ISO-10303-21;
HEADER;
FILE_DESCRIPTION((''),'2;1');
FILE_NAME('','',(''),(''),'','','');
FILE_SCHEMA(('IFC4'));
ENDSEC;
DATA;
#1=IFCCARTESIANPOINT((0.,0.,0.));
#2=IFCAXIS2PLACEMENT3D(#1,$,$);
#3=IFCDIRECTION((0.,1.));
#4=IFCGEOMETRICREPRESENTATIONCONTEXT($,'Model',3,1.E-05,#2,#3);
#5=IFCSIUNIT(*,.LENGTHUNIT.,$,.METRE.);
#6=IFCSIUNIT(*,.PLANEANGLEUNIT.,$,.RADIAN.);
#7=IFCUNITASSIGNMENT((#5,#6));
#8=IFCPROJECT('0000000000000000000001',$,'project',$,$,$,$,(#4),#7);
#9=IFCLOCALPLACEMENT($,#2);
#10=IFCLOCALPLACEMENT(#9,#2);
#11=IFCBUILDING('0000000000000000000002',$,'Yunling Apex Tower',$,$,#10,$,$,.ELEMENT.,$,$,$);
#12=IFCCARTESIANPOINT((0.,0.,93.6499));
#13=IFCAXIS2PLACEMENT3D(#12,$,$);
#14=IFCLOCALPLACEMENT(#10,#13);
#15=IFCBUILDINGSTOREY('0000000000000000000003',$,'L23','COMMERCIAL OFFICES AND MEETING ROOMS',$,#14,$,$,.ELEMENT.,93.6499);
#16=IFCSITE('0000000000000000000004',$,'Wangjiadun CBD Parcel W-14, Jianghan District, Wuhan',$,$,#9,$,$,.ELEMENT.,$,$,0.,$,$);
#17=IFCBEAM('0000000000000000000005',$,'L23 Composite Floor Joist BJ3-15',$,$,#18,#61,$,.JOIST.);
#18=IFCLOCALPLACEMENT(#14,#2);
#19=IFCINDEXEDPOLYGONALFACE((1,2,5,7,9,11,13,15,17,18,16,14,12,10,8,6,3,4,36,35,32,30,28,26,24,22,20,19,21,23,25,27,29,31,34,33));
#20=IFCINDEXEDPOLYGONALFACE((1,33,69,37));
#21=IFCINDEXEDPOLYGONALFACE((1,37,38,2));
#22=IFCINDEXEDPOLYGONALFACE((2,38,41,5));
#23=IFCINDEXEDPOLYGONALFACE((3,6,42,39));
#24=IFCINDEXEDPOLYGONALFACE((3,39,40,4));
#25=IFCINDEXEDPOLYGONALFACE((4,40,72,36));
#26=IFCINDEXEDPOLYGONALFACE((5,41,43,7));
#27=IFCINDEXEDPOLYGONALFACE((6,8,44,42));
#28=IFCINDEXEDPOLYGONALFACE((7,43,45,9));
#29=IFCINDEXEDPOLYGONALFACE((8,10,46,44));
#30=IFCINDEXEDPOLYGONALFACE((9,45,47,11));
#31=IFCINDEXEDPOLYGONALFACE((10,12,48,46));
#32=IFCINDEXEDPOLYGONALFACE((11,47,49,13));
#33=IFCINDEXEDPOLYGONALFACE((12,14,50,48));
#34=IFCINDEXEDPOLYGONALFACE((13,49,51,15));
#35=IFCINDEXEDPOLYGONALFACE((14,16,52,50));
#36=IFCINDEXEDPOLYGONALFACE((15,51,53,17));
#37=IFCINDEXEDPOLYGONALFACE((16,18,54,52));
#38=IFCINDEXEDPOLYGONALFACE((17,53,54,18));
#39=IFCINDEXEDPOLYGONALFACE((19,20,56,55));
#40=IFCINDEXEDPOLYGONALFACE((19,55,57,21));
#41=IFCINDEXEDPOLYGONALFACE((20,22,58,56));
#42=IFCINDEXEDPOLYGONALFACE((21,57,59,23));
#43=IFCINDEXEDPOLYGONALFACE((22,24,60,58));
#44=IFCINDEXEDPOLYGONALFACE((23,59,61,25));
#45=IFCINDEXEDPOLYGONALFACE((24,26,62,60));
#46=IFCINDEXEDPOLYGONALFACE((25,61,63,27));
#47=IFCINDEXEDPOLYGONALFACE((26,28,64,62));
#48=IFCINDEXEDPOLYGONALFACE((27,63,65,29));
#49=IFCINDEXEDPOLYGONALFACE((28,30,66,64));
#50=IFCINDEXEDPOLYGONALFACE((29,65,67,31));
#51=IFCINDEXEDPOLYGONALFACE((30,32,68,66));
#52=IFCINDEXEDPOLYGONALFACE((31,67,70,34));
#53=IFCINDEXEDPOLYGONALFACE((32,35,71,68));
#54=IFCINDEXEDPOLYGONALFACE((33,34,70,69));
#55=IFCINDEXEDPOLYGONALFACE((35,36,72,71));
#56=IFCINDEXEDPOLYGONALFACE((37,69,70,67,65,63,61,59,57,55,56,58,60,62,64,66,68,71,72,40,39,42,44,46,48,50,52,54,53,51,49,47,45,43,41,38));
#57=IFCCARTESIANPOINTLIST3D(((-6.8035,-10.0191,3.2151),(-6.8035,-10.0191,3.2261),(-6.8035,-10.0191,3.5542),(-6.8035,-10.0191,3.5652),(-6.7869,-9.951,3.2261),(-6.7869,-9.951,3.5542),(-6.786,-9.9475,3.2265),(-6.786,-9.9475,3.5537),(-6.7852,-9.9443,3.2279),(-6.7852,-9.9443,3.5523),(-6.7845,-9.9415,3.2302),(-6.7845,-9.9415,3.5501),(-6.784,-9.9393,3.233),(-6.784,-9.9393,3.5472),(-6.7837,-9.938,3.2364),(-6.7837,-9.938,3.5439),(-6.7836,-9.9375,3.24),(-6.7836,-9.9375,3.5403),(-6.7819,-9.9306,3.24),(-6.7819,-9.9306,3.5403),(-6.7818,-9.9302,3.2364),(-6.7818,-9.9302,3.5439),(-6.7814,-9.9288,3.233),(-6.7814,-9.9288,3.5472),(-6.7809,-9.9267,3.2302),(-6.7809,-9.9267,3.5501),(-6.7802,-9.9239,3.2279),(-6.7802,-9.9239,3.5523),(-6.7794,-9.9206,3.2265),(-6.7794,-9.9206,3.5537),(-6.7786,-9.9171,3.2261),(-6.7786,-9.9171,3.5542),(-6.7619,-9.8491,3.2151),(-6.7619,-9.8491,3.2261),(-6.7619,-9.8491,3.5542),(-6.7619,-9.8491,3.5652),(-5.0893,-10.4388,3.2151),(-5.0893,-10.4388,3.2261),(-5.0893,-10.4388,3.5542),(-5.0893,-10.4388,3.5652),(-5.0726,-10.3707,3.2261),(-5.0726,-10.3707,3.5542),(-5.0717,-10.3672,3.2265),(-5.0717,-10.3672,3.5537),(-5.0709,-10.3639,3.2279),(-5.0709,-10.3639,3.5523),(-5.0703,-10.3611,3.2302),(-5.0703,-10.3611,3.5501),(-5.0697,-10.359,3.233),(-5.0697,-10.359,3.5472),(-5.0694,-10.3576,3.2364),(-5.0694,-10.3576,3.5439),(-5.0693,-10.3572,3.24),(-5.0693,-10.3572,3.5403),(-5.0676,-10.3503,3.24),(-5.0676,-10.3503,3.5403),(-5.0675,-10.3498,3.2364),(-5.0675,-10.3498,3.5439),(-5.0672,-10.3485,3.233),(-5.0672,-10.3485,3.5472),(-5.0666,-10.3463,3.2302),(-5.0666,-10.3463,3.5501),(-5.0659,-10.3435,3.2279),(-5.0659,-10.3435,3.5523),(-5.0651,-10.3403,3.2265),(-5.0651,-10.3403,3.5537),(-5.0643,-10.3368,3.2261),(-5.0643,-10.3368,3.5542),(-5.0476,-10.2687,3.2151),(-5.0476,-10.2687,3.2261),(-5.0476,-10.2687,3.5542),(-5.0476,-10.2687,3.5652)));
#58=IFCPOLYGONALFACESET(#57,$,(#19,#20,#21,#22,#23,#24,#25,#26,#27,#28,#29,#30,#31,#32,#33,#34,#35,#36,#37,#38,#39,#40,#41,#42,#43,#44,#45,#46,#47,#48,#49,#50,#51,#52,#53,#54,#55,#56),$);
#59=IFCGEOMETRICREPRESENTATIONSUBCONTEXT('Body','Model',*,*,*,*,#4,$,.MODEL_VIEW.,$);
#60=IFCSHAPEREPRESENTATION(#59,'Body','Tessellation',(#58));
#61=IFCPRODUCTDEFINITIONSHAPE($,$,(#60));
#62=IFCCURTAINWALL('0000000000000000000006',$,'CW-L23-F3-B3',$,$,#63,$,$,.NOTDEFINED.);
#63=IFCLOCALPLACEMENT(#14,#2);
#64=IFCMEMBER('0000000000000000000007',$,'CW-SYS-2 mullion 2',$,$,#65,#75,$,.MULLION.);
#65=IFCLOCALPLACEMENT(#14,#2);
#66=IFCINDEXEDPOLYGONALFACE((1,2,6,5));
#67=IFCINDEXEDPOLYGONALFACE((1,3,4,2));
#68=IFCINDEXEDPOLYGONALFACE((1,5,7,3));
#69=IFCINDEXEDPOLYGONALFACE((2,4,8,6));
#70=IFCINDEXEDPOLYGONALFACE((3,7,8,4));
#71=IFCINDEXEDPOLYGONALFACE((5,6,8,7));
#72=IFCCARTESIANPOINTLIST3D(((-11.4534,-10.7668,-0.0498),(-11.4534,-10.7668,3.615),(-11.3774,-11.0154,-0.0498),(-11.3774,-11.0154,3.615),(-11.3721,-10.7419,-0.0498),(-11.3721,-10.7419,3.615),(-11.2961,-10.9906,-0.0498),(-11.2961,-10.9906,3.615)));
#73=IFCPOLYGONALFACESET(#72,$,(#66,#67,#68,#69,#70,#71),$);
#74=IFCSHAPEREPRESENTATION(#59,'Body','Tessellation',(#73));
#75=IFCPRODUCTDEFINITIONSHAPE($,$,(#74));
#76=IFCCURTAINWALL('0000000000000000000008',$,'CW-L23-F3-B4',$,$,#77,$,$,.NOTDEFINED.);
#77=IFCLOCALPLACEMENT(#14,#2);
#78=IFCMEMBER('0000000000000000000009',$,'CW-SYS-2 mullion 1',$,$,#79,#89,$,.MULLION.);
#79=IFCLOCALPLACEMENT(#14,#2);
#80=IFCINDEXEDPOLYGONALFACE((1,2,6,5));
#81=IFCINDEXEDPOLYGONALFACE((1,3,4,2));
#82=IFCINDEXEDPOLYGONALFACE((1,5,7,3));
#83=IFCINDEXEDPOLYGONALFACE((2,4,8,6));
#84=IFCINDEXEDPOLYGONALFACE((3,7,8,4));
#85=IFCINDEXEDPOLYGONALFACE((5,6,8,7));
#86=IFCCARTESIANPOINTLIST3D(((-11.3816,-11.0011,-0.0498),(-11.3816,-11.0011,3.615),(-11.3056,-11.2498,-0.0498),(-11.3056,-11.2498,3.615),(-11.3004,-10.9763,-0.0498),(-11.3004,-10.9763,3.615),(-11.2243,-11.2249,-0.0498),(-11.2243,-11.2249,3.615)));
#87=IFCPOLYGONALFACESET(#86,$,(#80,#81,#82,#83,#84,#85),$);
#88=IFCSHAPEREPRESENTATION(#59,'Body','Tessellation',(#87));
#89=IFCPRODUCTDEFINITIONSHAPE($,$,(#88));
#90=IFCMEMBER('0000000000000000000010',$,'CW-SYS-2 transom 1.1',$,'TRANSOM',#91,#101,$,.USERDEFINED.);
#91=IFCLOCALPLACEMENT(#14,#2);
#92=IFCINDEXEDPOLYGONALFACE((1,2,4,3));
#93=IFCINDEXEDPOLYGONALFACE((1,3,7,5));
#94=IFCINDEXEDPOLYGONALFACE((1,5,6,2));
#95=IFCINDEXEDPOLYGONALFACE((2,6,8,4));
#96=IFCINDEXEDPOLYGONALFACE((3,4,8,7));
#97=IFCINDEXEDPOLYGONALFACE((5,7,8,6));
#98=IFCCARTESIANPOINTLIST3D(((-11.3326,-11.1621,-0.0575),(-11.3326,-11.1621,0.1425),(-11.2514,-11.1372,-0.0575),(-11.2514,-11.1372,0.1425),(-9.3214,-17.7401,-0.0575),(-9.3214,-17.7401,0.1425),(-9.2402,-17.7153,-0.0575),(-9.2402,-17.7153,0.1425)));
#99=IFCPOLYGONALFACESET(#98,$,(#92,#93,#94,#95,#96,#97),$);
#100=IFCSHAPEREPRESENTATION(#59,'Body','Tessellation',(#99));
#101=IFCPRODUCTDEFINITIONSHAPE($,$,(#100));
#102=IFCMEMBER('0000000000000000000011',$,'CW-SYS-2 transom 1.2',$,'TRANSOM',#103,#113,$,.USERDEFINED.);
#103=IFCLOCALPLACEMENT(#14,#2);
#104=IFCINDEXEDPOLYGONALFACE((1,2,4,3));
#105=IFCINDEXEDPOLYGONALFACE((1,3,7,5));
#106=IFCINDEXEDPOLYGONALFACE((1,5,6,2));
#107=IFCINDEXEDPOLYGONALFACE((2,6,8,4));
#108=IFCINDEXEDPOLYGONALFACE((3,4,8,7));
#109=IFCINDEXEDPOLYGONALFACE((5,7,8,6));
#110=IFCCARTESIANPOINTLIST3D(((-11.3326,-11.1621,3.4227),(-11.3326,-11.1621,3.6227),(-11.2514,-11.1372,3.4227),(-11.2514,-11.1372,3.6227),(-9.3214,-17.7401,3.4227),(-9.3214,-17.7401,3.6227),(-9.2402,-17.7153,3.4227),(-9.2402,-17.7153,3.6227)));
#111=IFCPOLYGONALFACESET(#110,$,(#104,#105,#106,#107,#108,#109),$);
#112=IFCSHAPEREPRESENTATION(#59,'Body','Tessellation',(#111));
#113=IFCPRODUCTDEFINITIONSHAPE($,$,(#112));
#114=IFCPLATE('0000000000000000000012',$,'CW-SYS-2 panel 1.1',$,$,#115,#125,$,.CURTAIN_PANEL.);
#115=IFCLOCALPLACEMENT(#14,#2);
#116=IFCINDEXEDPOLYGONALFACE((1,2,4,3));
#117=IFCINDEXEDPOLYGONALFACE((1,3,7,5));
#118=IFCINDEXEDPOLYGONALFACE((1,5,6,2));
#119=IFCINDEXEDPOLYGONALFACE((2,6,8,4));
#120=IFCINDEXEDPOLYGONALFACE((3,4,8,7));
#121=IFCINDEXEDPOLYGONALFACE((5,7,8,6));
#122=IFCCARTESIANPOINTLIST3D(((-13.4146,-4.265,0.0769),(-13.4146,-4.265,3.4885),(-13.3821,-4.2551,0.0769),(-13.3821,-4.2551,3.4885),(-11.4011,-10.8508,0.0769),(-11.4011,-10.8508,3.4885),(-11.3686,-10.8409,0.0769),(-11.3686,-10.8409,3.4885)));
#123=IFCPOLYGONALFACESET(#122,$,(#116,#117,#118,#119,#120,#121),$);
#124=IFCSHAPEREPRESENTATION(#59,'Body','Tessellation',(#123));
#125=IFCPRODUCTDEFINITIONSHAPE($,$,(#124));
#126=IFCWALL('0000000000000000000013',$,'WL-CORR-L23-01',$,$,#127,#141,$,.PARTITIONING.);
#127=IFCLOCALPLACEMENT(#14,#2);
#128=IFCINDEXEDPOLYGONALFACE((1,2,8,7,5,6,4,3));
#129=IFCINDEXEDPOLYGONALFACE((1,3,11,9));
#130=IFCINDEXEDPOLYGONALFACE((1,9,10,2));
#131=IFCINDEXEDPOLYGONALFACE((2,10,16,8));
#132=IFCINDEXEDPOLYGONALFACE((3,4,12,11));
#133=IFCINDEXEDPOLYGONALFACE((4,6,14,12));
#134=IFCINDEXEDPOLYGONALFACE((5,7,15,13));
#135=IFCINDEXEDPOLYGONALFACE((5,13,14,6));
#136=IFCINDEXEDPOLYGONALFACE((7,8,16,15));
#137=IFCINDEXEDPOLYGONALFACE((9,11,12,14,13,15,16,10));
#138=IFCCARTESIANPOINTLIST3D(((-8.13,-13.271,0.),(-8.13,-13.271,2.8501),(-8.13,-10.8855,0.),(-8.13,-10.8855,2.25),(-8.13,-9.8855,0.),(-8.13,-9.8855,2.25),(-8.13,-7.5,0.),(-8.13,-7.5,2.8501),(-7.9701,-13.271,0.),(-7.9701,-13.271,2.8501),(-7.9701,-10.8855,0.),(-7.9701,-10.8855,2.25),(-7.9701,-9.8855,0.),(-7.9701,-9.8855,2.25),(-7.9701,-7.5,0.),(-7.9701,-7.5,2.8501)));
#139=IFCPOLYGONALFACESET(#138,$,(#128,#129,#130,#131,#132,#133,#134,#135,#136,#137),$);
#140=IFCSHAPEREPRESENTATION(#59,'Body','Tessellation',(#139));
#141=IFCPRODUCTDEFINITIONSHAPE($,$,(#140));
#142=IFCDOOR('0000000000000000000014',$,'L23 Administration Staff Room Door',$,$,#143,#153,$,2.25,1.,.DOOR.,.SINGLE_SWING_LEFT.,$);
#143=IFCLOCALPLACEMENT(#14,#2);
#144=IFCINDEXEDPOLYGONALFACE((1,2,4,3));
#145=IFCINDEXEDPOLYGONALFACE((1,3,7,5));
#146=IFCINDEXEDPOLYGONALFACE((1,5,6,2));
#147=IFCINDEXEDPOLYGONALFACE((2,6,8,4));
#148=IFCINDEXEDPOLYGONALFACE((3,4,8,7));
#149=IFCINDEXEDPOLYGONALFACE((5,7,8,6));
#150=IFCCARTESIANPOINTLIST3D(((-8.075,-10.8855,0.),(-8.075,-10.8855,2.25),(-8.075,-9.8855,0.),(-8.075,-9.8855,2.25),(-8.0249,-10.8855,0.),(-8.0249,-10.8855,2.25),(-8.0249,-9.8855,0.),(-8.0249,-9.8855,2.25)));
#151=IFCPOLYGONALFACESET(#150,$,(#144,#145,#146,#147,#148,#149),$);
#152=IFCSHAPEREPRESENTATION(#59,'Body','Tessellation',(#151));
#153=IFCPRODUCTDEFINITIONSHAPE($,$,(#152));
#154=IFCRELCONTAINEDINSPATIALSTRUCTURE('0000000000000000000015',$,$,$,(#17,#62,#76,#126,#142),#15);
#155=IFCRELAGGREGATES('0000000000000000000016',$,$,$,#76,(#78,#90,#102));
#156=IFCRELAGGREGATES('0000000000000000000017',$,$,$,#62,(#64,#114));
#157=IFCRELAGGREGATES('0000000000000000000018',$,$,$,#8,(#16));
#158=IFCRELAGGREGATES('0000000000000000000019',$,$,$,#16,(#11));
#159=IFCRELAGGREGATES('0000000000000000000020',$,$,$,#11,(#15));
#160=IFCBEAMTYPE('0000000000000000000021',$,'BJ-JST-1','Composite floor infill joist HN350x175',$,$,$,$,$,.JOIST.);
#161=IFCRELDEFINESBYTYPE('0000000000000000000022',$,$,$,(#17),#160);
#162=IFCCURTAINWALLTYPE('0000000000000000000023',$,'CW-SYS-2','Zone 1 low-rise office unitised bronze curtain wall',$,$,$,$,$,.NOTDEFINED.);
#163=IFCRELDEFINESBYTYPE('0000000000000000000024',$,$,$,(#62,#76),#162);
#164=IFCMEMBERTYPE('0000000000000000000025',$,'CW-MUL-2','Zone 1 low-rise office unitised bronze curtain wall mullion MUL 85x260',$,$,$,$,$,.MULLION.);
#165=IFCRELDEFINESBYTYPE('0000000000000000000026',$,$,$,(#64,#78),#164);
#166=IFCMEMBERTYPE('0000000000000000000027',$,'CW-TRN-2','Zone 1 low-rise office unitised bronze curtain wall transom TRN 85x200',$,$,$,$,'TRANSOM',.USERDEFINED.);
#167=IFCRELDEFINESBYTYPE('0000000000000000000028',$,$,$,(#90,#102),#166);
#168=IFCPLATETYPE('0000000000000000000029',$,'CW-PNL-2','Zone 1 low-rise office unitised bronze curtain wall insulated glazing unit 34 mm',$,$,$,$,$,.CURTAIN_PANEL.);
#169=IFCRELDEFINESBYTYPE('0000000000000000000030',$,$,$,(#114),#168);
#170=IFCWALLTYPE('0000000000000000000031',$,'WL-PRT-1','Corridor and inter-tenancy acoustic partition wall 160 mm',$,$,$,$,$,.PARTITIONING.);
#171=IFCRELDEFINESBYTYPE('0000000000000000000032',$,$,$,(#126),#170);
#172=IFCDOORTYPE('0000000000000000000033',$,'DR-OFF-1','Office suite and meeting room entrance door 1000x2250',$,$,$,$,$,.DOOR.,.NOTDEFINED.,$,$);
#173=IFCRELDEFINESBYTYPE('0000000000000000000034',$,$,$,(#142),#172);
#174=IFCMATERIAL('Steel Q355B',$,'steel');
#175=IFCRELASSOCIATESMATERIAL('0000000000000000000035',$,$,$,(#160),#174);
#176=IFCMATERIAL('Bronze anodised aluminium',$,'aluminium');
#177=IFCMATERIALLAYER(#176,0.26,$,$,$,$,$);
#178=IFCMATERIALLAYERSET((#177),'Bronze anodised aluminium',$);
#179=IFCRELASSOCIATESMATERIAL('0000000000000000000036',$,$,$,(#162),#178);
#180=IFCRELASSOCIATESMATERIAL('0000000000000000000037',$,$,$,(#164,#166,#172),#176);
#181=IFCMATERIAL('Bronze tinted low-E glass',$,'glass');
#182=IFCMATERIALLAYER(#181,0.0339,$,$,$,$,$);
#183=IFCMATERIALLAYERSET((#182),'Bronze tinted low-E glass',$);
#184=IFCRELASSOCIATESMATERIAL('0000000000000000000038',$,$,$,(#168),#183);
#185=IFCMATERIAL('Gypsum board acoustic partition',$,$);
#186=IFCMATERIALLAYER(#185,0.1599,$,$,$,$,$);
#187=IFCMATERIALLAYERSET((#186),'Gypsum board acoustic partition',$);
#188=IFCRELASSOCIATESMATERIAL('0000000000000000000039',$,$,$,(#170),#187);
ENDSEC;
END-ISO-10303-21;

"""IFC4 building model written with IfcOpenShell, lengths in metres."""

from ifc_helpers import new_model, si_unit, direction, frame, frame_2d, origin, origin_2d, place, context, subcontext, project, spatial, rectangle, i_section, extrude, source, transform, mapped, material, layer, layer_set, material_profile, profile_set, type_object, element, fill, aggregate, save


model = new_model("IFC4")

# Units and contexts
model_context = context("Model", 3, precision=1e-05, world=origin(), true_north=direction((0.0, 1.0)))
body_context = subcontext(model_context, "Body", "Model", "MODEL_VIEW")
ifc_project = project(units=[si_unit("LENGTHUNIT", "METRE"), si_unit("PLANEANGLEUNIT", "RADIAN")], contexts=[model_context])

# Site, building, storey
site_placement = place(None, origin())
site = spatial("IfcSite", under=ifc_project, at=site_placement, Name="Wangjiadun CBD Parcel W-14, Jianghan District, Wuhan", CompositionType="ELEMENT", RefElevation=0.0)
building_placement = place(site_placement, origin())
building = spatial("IfcBuilding", under=site, at=building_placement, Name="Yunling Apex Tower", CompositionType="ELEMENT")
storey_placement = place(building_placement, frame((0.0, 0.0, 93.6499)))
storey = spatial("IfcBuildingStorey", under=building, at=storey_placement, Name="L23", Description="COMMERCIAL OFFICES AND MEETING ROOMS", CompositionType="ELEMENT", Elevation=93.6499)

# Beam
ifc_material_1 = material(Name="Steel Q355B", Category="steel")
ifc_material_profile_1 = material_profile(ifc_material_1, i_section(OverallWidth=0.175, OverallDepth=0.3501, WebThickness=0.0071, FlangeThickness=0.011, FilletRadius=0.0139, at=origin_2d()))
ifc_profile_set_1 = profile_set([ifc_material_profile_1], Name="Steel Q355B")
beam_type_1 = type_object("IfcBeamType", Name="BJ-JST-1", Description="Composite floor infill joist HN350x175", PredefinedType="JOIST", material=ifc_profile_set_1)
shared_shape_1 = source(origin(), body_context, "Body", "SweptSolid", [
    extrude(i_section(OverallWidth=0.175, OverallDepth=0.3501, WebThickness=0.0071, FlangeThickness=0.011, FilletRadius=0.0139, at=origin_2d()), origin(), (0.0, 0.0, 1.0), 1.7649),
])
beam_1_placement = place(storey_placement, frame((-6.7827, -9.9341, 3.3901), z_axis=(0.971319, -0.237781, 0.0), x_axis=(0.237781, 0.971319, 0.0)))
element("IfcBeam", 1, at=beam_1_placement, inside=storey, type_object=beam_type_1, Name="L23 Composite Floor Joist BJ3-15", PredefinedType="JOIST", context=body_context, shape_type="MappedRepresentation", body=[
    mapped(shared_shape_1, transform((0.0, 0.0, 0.0), scale=1.0)),
])

# Curtain wall, member
ifc_material_2 = material(Name="Bronze anodised aluminium", Category="aluminium")
ifc_layer_1 = layer(ifc_material_2, 0.26)
ifc_layer_set_1 = layer_set([ifc_layer_1], Name="Bronze anodised aluminium")
curtain_wall_type = type_object("IfcCurtainWallType", Name="CW-SYS-2", Description="Zone 1 low-rise office unitised bronze curtain wall", PredefinedType="NOTDEFINED", material=ifc_layer_set_1)
curtain_wall_1_placement = place(storey_placement, origin())
curtain_wall_1 = element("IfcCurtainWall", 2, at=curtain_wall_1_placement, inside=storey, type_object=curtain_wall_type, Name="CW-L23-F3-B3", PredefinedType="NOTDEFINED")
ifc_material_profile_2 = material_profile(ifc_material_2, rectangle(XDim=0.085, YDim=0.26, at=origin_2d()))
ifc_profile_set_2 = profile_set([ifc_material_profile_2], Name="Bronze anodised aluminium")
member_type_1 = type_object("IfcMemberType", Name="CW-MUL-2", Description="Zone 1 low-rise office unitised bronze curtain wall mullion MUL 85x260", PredefinedType="MULLION", material=ifc_profile_set_2)
shared_shape_2 = source(origin(), body_context, "Body", "SweptSolid", [
    extrude(rectangle(XDim=0.085, YDim=0.26, at=origin_2d()), origin(), (0.0, 0.0, 1.0), 3.6648),
])
member_1_placement = place(storey_placement, frame((-11.3748, -10.8787, -0.0498), z_axis=(0.0, 0.0, 1.0), x_axis=(0.956304, 0.292373, 0.0)))
member_1 = element("IfcMember", 3, at=member_1_placement, type_object=member_type_1, Name="CW-SYS-2 mullion 2", PredefinedType="MULLION", context=body_context, shape_type="MappedRepresentation", body=[
    mapped(shared_shape_2, transform((0.0, 0.0, 0.0), scale=1.0)),
])

# Curtain wall, members
curtain_wall_2_placement = place(storey_placement, origin())
curtain_wall_2 = element("IfcCurtainWall", 4, at=curtain_wall_2_placement, inside=storey, type_object=curtain_wall_type, Name="CW-L23-F3-B4", PredefinedType="NOTDEFINED")
member_2_placement = place(storey_placement, frame((-11.303, -11.113, -0.0498), z_axis=(0.0, 0.0, 1.0), x_axis=(0.956304, 0.292373, 0.0)))
member_2 = element("IfcMember", 5, at=member_2_placement, type_object=member_type_1, Name="CW-SYS-2 mullion 1", PredefinedType="MULLION", context=body_context, shape_type="MappedRepresentation", body=[
    mapped(shared_shape_2, transform((0.0, 0.0, 0.0), scale=1.0)),
])
ifc_material_profile_3 = material_profile(ifc_material_2, rectangle(XDim=0.085, YDim=0.2, at=origin_2d()))
ifc_profile_set_3 = profile_set([ifc_material_profile_3], Name="Bronze anodised aluminium")
member_type_2 = type_object("IfcMemberType", Name="CW-TRN-2", Description="Zone 1 low-rise office unitised bronze curtain wall transom TRN 85x200", ElementType="TRANSOM", PredefinedType="USERDEFINED", material=ifc_profile_set_3)
shared_shape_3 = source(origin(), body_context, "Body", "SweptSolid", [
    extrude(rectangle(XDim=0.085, YDim=0.2, at=origin_2d()), origin(), (0.0, 0.0, 1.0), 6.8787),
])
member_3_placement = place(storey_placement, frame((-11.292, -11.1497, 0.0425), z_axis=(0.292384, -0.956301, 0.0), x_axis=(0.956301, 0.292384, 0.0)))
member_3 = element("IfcMember", 6, at=member_3_placement, type_object=member_type_2, Name="CW-SYS-2 transom 1.1", ObjectType="TRANSOM", PredefinedType="USERDEFINED", context=body_context, shape_type="MappedRepresentation", body=[
    mapped(shared_shape_3, transform((0.0, 0.0, 0.0), scale=1.0)),
])
member_4_placement = place(storey_placement, frame((-11.292, -11.1497, 3.5227), z_axis=(0.292384, -0.956301, 0.0), x_axis=(0.956301, 0.292384, 0.0)))
member_4 = element("IfcMember", 7, at=member_4_placement, type_object=member_type_2, Name="CW-SYS-2 transom 1.2", ObjectType="TRANSOM", PredefinedType="USERDEFINED", context=body_context, shape_type="MappedRepresentation", body=[
    mapped(shared_shape_3, transform((0.0, 0.0, 0.0), scale=1.0)),
])
aggregate(curtain_wall_2, [member_2, member_3, member_4])

# Plate
ifc_material_3 = material(Name="Bronze tinted low-E glass", Category="glass")
ifc_layer_2 = layer(ifc_material_3, 0.0339)
ifc_layer_set_2 = layer_set([ifc_layer_2], Name="Bronze tinted low-E glass")
plate_type = type_object("IfcPlateType", Name="CW-PNL-2", Description="Zone 1 low-rise office unitised bronze curtain wall insulated glazing unit 34 mm", PredefinedType="CURTAIN_PANEL", material=ifc_layer_set_2)
shared_shape_4 = source(origin(), body_context, "Body", "SweptSolid", [
    extrude(rectangle(XDim=6.8867, YDim=0.0339, at=origin_2d()), origin(), (0.0, 0.0, 1.0), 3.4116),
])
plate_placement = place(storey_placement, frame((-12.3916, -7.553, 0.0769), z_axis=(0.0, 0.0, 1.0), x_axis=(0.292373, -0.956304, 0.0)))
plate = element("IfcPlate", 8, at=plate_placement, type_object=plate_type, Name="CW-SYS-2 panel 1.1", PredefinedType="CURTAIN_PANEL", context=body_context, shape_type="MappedRepresentation", body=[
    mapped(shared_shape_4, transform((0.0, 0.0, 0.0), scale=1.0)),
])
aggregate(curtain_wall_1, [member_1, plate])

# Wall, opening, door
ifc_material_4 = material(Name="Gypsum board acoustic partition")
ifc_layer_3 = layer(ifc_material_4, 0.1599)
ifc_layer_set_3 = layer_set([ifc_layer_3], Name="Gypsum board acoustic partition")
wall_type = type_object("IfcWallType", Name="WL-PRT-1", Description="Corridor and inter-tenancy acoustic partition wall 160 mm", PredefinedType="PARTITIONING", material=ifc_layer_set_3)
wall_1_placement = place(storey_placement, frame((-8.05, -13.271, 0.0), z_axis=(0.0, 0.0, 1.0), x_axis=(0.0, 1.0, 0.0)))
wall_1 = element("IfcWall", 9, at=wall_1_placement, inside=storey, type_object=wall_type, Name="WL-CORR-L23-01", PredefinedType="PARTITIONING", context=body_context, shape_type="SweptSolid", body=[
    extrude(rectangle(XDim=5.771, YDim=0.1599, at=frame_2d((2.8855, 0.0))), origin(), (0.0, 0.0, 1.0), 2.8501),
])
opening_1_placement = place(wall_1_placement, frame((2.3855, 0.0, 0.0)))
opening_1 = element("IfcOpeningElement", 10, at=opening_1_placement, cuts=wall_1, PredefinedType="OPENING", context=body_context, shape_type="SweptSolid", body=[
    extrude(rectangle(XDim=1.0, YDim=2.25, at=frame_2d((0.5, 1.125))), frame((0.0, 0.0898, 0.0), z_axis=(0.0, -1.0, 0.0), x_axis=(1.0, 0.0, 0.0)), (0.0, 0.0, 1.0), 0.1799),
])
door_type = type_object("IfcDoorType", Name="DR-OFF-1", Description="Office suite and meeting room entrance door 1000x2250", OperationType="NOTDEFINED", PredefinedType="DOOR", material=ifc_material_2)
door_1_placement = place(opening_1_placement, origin())
door_1 = element("IfcDoor", 11, at=door_1_placement, inside=storey, type_object=door_type, Name="L23 Administration Staff Room Door", OperationType="SINGLE_SWING_LEFT", OverallHeight=2.25, OverallWidth=1.0, PredefinedType="DOOR", context=body_context, shape_type="SweptSolid", body=[
    extrude(rectangle(XDim=1.0, YDim=2.25, at=frame_2d((0.5, 1.125))), frame((0.0, 0.0249, 0.0), z_axis=(0.0, -1.0, 0.0), x_axis=(1.0, 0.0, 0.0)), (0.0, 0.0, 1.0), 0.05),
])
fill(opening_1, door_1)

save(model, "model.ifc")
